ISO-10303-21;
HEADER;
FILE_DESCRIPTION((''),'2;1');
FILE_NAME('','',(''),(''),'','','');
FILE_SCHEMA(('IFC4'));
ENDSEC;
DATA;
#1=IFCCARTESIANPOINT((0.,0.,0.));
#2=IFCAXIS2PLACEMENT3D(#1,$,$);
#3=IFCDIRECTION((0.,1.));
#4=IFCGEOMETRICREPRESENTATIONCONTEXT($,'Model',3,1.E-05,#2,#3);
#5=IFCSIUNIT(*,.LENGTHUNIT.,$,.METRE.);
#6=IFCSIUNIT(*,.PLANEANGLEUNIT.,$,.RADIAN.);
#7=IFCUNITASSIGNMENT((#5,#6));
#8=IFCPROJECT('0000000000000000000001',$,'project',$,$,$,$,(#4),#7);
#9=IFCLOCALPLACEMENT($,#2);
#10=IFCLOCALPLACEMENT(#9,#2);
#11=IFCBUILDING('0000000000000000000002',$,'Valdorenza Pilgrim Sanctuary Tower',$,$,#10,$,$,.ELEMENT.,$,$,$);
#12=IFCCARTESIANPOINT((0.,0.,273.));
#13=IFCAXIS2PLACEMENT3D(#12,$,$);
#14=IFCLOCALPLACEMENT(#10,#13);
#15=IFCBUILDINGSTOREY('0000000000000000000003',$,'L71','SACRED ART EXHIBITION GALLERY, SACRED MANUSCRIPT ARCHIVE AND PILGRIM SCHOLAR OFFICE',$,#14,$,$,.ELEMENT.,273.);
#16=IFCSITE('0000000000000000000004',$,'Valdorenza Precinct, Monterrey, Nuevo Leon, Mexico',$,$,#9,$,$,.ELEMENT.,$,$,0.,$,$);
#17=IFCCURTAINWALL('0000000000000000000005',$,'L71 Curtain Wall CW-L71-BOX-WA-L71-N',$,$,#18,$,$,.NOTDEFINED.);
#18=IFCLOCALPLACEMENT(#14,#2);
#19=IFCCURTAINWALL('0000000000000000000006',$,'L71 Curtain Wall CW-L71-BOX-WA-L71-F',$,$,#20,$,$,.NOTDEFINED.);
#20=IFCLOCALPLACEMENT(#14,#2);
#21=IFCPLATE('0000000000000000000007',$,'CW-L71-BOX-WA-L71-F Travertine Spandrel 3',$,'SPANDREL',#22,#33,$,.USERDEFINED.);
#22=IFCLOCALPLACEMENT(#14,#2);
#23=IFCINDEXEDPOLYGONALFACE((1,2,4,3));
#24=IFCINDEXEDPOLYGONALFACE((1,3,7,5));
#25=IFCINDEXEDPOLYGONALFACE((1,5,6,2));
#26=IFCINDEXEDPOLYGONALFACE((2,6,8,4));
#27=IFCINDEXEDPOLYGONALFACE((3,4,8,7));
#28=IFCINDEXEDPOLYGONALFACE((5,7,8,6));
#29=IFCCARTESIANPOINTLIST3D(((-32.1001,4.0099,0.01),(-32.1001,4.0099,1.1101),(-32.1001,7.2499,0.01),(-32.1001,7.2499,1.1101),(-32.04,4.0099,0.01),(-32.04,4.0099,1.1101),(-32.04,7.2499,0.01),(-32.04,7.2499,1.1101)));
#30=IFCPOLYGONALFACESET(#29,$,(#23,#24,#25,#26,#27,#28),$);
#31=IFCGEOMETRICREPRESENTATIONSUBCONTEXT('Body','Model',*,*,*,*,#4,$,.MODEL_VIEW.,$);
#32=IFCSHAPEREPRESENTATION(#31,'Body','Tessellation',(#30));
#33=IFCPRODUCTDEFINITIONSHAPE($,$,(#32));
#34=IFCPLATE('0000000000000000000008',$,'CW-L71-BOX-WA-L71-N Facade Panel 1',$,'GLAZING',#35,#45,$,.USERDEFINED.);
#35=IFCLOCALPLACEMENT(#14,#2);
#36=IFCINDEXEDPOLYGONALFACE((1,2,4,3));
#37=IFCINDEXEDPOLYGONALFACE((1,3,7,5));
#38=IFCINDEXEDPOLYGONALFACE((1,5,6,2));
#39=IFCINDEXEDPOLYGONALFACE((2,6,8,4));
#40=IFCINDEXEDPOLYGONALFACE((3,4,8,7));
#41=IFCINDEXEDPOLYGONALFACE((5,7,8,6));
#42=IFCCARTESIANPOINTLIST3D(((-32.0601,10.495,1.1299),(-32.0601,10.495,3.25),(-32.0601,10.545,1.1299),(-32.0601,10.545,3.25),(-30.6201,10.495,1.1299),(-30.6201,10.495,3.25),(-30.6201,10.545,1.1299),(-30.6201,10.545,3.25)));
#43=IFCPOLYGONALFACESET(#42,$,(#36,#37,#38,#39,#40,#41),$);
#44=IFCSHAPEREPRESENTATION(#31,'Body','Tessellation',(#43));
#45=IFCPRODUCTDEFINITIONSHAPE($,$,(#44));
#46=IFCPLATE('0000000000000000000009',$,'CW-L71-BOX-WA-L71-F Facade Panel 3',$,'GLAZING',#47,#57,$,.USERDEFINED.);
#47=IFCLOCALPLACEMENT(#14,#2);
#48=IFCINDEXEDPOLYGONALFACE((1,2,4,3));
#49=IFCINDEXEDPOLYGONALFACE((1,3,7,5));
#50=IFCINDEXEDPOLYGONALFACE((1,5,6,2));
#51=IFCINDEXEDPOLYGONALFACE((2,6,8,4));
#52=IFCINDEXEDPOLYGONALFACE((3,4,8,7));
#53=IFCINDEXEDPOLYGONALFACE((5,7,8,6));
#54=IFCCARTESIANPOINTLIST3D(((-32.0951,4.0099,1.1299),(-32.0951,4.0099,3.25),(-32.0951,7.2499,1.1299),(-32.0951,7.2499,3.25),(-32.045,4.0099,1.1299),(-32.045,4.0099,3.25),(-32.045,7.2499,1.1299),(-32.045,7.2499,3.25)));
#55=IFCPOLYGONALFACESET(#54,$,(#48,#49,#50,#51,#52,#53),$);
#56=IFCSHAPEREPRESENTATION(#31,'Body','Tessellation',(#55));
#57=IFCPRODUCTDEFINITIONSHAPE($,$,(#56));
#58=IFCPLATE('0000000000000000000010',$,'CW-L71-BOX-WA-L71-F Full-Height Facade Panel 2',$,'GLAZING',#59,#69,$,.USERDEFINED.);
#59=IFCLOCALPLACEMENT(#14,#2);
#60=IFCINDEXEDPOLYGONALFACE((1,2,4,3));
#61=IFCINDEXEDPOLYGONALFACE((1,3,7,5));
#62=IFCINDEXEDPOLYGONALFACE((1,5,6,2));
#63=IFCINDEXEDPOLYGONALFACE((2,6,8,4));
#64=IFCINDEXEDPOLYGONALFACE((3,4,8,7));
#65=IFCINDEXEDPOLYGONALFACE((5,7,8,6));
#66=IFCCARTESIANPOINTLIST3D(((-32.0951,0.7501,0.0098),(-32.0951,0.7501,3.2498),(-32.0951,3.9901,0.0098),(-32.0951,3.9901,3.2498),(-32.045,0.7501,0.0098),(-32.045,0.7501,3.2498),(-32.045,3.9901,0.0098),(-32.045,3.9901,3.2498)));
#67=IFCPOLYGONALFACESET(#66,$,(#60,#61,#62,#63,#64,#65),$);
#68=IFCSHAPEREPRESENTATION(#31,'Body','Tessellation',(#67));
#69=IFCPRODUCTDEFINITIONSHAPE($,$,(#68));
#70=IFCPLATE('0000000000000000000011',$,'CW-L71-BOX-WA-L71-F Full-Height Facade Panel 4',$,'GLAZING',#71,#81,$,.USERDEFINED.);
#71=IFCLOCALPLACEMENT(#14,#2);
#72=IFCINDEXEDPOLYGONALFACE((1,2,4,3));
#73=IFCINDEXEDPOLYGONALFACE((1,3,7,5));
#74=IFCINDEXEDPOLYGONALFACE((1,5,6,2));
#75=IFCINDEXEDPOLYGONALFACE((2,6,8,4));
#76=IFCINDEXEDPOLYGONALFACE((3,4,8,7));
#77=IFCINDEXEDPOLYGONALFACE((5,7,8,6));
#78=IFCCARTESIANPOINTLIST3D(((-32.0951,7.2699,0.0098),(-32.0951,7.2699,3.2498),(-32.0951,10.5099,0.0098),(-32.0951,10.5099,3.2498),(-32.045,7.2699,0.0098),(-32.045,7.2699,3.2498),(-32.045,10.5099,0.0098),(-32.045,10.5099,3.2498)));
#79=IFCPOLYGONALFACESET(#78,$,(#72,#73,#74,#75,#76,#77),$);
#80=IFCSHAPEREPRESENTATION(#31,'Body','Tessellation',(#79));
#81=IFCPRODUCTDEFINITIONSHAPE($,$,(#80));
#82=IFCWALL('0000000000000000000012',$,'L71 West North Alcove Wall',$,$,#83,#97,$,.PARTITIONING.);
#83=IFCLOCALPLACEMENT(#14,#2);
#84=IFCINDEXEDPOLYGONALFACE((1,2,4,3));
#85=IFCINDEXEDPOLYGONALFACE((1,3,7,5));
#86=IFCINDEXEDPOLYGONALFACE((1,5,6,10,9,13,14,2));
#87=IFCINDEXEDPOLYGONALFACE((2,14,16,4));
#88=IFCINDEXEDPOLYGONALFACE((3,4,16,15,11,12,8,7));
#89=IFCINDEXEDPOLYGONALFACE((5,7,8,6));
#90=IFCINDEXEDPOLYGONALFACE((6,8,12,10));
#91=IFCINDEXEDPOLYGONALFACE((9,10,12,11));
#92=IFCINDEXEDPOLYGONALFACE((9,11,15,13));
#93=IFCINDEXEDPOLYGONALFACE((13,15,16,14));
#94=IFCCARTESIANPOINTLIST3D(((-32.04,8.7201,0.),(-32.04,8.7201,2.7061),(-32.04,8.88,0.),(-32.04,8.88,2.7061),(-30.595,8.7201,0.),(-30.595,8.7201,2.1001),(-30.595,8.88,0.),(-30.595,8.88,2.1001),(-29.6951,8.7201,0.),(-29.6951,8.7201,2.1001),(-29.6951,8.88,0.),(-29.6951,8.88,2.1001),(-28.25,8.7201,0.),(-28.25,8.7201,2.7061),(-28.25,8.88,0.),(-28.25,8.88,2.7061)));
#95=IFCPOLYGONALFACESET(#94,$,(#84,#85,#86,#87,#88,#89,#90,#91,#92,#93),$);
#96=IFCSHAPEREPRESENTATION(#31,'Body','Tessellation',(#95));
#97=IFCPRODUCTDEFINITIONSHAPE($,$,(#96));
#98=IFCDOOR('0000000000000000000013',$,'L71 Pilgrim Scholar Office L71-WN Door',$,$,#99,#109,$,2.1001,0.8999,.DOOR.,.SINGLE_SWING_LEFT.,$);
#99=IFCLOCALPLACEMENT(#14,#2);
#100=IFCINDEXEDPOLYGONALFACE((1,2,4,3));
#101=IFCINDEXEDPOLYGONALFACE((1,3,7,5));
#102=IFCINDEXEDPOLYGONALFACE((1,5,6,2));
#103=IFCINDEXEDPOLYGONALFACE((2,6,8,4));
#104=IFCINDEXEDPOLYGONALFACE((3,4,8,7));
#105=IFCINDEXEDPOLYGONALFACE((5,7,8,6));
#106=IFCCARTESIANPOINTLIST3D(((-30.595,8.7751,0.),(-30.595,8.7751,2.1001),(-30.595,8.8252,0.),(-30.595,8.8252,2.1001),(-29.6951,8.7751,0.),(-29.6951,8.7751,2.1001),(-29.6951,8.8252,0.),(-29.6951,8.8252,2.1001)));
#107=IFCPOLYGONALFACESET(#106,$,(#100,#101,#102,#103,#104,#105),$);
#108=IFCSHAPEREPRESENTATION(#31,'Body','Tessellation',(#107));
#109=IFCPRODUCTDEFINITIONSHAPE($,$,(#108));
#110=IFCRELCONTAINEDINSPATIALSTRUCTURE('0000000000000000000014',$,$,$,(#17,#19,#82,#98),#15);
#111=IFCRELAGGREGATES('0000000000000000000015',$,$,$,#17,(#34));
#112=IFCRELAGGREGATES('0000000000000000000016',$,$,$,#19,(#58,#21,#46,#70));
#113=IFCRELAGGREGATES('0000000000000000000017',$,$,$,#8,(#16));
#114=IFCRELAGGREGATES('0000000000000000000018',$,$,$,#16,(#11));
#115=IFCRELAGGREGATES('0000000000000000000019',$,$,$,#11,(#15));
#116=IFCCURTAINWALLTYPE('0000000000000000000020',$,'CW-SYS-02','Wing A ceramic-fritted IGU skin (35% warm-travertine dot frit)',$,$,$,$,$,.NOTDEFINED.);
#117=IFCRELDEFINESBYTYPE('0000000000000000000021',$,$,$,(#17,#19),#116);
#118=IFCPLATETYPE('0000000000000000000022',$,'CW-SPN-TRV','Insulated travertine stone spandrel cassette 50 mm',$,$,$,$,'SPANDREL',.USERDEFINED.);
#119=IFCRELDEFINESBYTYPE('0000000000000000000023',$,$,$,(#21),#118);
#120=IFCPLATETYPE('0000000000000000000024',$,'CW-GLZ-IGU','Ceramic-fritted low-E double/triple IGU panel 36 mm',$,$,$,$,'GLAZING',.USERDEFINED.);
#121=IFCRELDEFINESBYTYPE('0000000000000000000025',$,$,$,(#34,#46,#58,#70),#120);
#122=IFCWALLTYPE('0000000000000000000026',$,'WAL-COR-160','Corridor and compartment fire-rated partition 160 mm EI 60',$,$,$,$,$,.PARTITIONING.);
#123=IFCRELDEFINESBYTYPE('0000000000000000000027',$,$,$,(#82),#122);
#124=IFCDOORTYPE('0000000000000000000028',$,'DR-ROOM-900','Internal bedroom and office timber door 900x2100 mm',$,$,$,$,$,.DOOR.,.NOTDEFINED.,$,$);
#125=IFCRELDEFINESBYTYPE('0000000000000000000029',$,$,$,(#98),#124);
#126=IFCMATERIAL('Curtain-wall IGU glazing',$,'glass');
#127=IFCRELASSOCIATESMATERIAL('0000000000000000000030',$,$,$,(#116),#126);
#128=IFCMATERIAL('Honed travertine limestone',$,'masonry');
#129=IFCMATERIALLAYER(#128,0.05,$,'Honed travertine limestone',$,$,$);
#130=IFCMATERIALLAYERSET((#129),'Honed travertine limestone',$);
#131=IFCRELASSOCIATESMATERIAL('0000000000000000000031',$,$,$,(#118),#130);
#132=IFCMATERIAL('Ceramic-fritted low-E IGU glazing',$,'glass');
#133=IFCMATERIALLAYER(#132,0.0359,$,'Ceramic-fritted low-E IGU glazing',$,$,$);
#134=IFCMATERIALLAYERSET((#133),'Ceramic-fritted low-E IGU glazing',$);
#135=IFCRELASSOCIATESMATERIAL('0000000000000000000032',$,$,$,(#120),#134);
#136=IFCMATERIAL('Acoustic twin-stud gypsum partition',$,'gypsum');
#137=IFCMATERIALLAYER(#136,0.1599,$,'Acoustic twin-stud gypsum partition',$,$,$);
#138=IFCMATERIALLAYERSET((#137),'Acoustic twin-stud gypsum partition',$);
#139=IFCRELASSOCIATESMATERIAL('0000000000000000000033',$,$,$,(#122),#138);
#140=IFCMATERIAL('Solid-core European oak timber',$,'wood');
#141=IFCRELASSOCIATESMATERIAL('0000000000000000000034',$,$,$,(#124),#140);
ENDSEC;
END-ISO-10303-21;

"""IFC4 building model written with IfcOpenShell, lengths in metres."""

from ifc_helpers import new_model, si_unit, direction, frame, frame_2d, origin, origin_2d, place, context, subcontext, project, spatial, rectangle, extrude, source, transform, mapped, material, layer, layer_set, type_object, element, fill, aggregate, save


model = new_model("IFC4")

# Units and contexts
model_context = context("Model", 3, precision=1e-05, world=origin(), true_north=direction((0.0, 1.0)))
body_context = subcontext(model_context, "Body", "Model", "MODEL_VIEW")
ifc_project = project(units=[si_unit("LENGTHUNIT", "METRE"), si_unit("PLANEANGLEUNIT", "RADIAN")], contexts=[model_context])

# Site, building, storey
site_placement = place(None, origin())
site = spatial("IfcSite", under=ifc_project, at=site_placement, Name="Valdorenza Precinct, Monterrey, Nuevo Leon, Mexico", CompositionType="ELEMENT", RefElevation=0.0)
building_placement = place(site_placement, origin())
building = spatial("IfcBuilding", under=site, at=building_placement, Name="Valdorenza Pilgrim Sanctuary Tower", CompositionType="ELEMENT")
storey_placement = place(building_placement, frame((0.0, 0.0, 273.0)))
storey = spatial("IfcBuildingStorey", under=building, at=storey_placement, Name="L71", Description="SACRED ART EXHIBITION GALLERY, SACRED MANUSCRIPT ARCHIVE AND PILGRIM SCHOLAR OFFICE", CompositionType="ELEMENT", Elevation=273.0)

# Curtain wall
ifc_material_1 = material(Name="Curtain-wall IGU glazing", Category="glass")
curtain_wall_type = type_object("IfcCurtainWallType", Name="CW-SYS-02", Description="Wing A ceramic-fritted IGU skin (35% warm-travertine dot frit)", PredefinedType="NOTDEFINED", material=ifc_material_1)
curtain_wall_1_placement = place(storey_placement, origin())
curtain_wall_1 = element("IfcCurtainWall", 1, at=curtain_wall_1_placement, inside=storey, type_object=curtain_wall_type, Name="L71 Curtain Wall CW-L71-BOX-WA-L71-N", PredefinedType="NOTDEFINED")

# Curtain wall
curtain_wall_2_placement = place(storey_placement, origin())
curtain_wall_2 = element("IfcCurtainWall", 2, at=curtain_wall_2_placement, inside=storey, type_object=curtain_wall_type, Name="L71 Curtain Wall CW-L71-BOX-WA-L71-F", PredefinedType="NOTDEFINED")

# Plates
ifc_material_2 = material(Name="Honed travertine limestone", Category="masonry")
ifc_layer_1 = layer(ifc_material_2, 0.05, Name="Honed travertine limestone")
ifc_layer_set_1 = layer_set([ifc_layer_1], Name="Honed travertine limestone")
plate_type_1 = type_object("IfcPlateType", Name="CW-SPN-TRV", Description="Insulated travertine stone spandrel cassette 50 mm", ElementType="SPANDREL", PredefinedType="USERDEFINED", material=ifc_layer_set_1)
shared_shape_1 = source(origin(), body_context, "Body", "SweptSolid", [
    extrude(rectangle(XDim=3.24, YDim=0.0601, at=origin_2d()), origin(), (0.0, 0.0, 1.0), 1.1001),
])
plate_1_placement = place(storey_placement, frame((-32.0701, 5.6299, 0.01), z_axis=(0.0, 0.0, 1.0), x_axis=(0.0, 1.0, 0.0)))
plate_1 = element("IfcPlate", 3, at=plate_1_placement, type_object=plate_type_1, Name="CW-L71-BOX-WA-L71-F Travertine Spandrel 3", ObjectType="SPANDREL", PredefinedType="USERDEFINED", context=body_context, shape_type="MappedRepresentation", body=[
    mapped(shared_shape_1, transform((0.0, 0.0, 0.0), x_axis=(1.0, 0.0, 0.0), y_axis=(0.0, 1.0, 0.0), z_axis=(0.0, 0.0, 1.0), scale=1.0)),
])
ifc_material_3 = material(Name="Ceramic-fritted low-E IGU glazing", Category="glass")
ifc_layer_2 = layer(ifc_material_3, 0.0359, Name="Ceramic-fritted low-E IGU glazing")
ifc_layer_set_2 = layer_set([ifc_layer_2], Name="Ceramic-fritted low-E IGU glazing")
plate_type_2 = type_object("IfcPlateType", Name="CW-GLZ-IGU", Description="Ceramic-fritted low-E double/triple IGU panel 36 mm", ElementType="GLAZING", PredefinedType="USERDEFINED", material=ifc_layer_set_2)
shared_shape_2 = source(origin(), body_context, "Body", "SweptSolid", [
    extrude(rectangle(XDim=1.4399, YDim=0.05, at=origin_2d()), origin(), (0.0, 0.0, 1.0), 2.1201),
])
plate_2_placement = place(storey_placement, frame((-31.3401, 10.52, 1.1299), z_axis=(0.0, 0.0, 1.0), x_axis=(1.0, 0.0, 0.0)))
plate_2 = element("IfcPlate", 4, at=plate_2_placement, type_object=plate_type_2, Name="CW-L71-BOX-WA-L71-N Facade Panel 1", ObjectType="GLAZING", PredefinedType="USERDEFINED", context=body_context, shape_type="MappedRepresentation", body=[
    mapped(shared_shape_2, transform((0.0, 0.0, 0.0), x_axis=(1.0, 0.0, 0.0), y_axis=(0.0, 1.0, 0.0), z_axis=(0.0, 0.0, 1.0), scale=1.0)),
])
aggregate(curtain_wall_1, [plate_2])
shared_shape_3 = source(origin(), body_context, "Body", "SweptSolid", [
    extrude(rectangle(XDim=3.24, YDim=0.05, at=origin_2d()), origin(), (0.0, 0.0, 1.0), 2.1201),
])
plate_3_placement = place(storey_placement, frame((-32.0701, 5.6299, 1.1299), z_axis=(0.0, 0.0, 1.0), x_axis=(0.0, 1.0, 0.0)))
plate_3 = element("IfcPlate", 5, at=plate_3_placement, type_object=plate_type_2, Name="CW-L71-BOX-WA-L71-F Facade Panel 3", ObjectType="GLAZING", PredefinedType="USERDEFINED", context=body_context, shape_type="MappedRepresentation", body=[
    mapped(shared_shape_3, transform((0.0, 0.0, 0.0), x_axis=(1.0, 0.0, 0.0), y_axis=(0.0, 1.0, 0.0), z_axis=(0.0, 0.0, 1.0), scale=1.0)),
])
shared_shape_4 = source(origin(), body_context, "Body", "SweptSolid", [
    extrude(rectangle(XDim=3.24, YDim=0.05, at=origin_2d()), origin(), (0.0, 0.0, 1.0), 3.24),
])
plate_4_placement = place(storey_placement, frame((-32.0701, 2.3701, 0.0098), z_axis=(0.0, 0.0, 1.0), x_axis=(0.0, 1.0, 0.0)))
plate_4 = element("IfcPlate", 6, at=plate_4_placement, type_object=plate_type_2, Name="CW-L71-BOX-WA-L71-F Full-Height Facade Panel 2", ObjectType="GLAZING", PredefinedType="USERDEFINED", context=body_context, shape_type="MappedRepresentation", body=[
    mapped(shared_shape_4, transform((0.0, 0.0, 0.0), x_axis=(1.0, 0.0, 0.0), y_axis=(0.0, 1.0, 0.0), z_axis=(0.0, 0.0, 1.0), scale=1.0)),
])
plate_5_placement = place(storey_placement, frame((-32.0701, 8.8899, 0.0098), z_axis=(0.0, 0.0, 1.0), x_axis=(0.0, 1.0, 0.0)))
plate_5 = element("IfcPlate", 7, at=plate_5_placement, type_object=plate_type_2, Name="CW-L71-BOX-WA-L71-F Full-Height Facade Panel 4", ObjectType="GLAZING", PredefinedType="USERDEFINED", context=body_context, shape_type="MappedRepresentation", body=[
    mapped(shared_shape_4, transform((0.0, 0.0, 0.0), x_axis=(1.0, 0.0, 0.0), y_axis=(0.0, 1.0, 0.0), z_axis=(0.0, 0.0, 1.0), scale=1.0)),
])
aggregate(curtain_wall_2, [plate_4, plate_1, plate_3, plate_5])

# Wall, opening, door
ifc_material_4 = material(Name="Acoustic twin-stud gypsum partition", Category="gypsum")
ifc_layer_3 = layer(ifc_material_4, 0.1599, Name="Acoustic twin-stud gypsum partition")
ifc_layer_set_3 = layer_set([ifc_layer_3], Name="Acoustic twin-stud gypsum partition")
wall_type = type_object("IfcWallType", Name="WAL-COR-160", Description="Corridor and compartment fire-rated partition 160 mm EI 60", PredefinedType="PARTITIONING", material=ifc_layer_set_3)
wall_placement = place(storey_placement, frame((-32.04, 8.8, 0.0), z_axis=(0.0, 0.0, 1.0), x_axis=(1.0, 0.0, 0.0)))
wall = element("IfcWall", 8, at=wall_placement, inside=storey, type_object=wall_type, Name="L71 West North Alcove Wall", PredefinedType="PARTITIONING", context=body_context, shape_type="SweptSolid", body=[
    extrude(rectangle(XDim=3.79, YDim=0.1599, at=frame_2d((1.895, 0.0))), origin(), (0.0, 0.0, 1.0), 2.7061),
])
opening_placement = place(wall_placement, frame((1.4451, 0.0, 0.0)))
opening = element("IfcOpeningElement", 9, at=opening_placement, cuts=wall, PredefinedType="OPENING", context=body_context, shape_type="SweptSolid", body=[
    extrude(rectangle(XDim=0.8999, YDim=2.1001, at=frame_2d((0.45, 1.05))), frame((0.0, 0.0947, 0.0), z_axis=(0.0, -1.0, 0.0), x_axis=(1.0, 0.0, 0.0)), (0.0, 0.0, 1.0), 0.1897),
])
ifc_material_5 = material(Name="Solid-core European oak timber", Category="wood")
door_type = type_object("IfcDoorType", Name="DR-ROOM-900", Description="Internal bedroom and office timber door 900x2100 mm", OperationType="NOTDEFINED", PredefinedType="DOOR", material=ifc_material_5)
door_placement = place(opening_placement, frame((0.8999, 0.0, 0.0), z_axis=(0.0, 0.0, 1.0), x_axis=(-1.0, 0.0, 0.0)))
door = element("IfcDoor", 10, at=door_placement, inside=storey, type_object=door_type, Name="L71 Pilgrim Scholar Office L71-WN Door", OperationType="SINGLE_SWING_LEFT", OverallHeight=2.1001, OverallWidth=0.8999, PredefinedType="DOOR", context=body_context, shape_type="SweptSolid", body=[
    extrude(rectangle(XDim=0.8999, YDim=2.1001, at=frame_2d((0.45, 1.05))), frame((0.0, 0.0249, 0.0), z_axis=(0.0, -1.0, 0.0), x_axis=(1.0, 0.0, 0.0)), (0.0, 0.0, 1.0), 0.05),
])
fill(opening, door)

save(model, "model.ifc")
